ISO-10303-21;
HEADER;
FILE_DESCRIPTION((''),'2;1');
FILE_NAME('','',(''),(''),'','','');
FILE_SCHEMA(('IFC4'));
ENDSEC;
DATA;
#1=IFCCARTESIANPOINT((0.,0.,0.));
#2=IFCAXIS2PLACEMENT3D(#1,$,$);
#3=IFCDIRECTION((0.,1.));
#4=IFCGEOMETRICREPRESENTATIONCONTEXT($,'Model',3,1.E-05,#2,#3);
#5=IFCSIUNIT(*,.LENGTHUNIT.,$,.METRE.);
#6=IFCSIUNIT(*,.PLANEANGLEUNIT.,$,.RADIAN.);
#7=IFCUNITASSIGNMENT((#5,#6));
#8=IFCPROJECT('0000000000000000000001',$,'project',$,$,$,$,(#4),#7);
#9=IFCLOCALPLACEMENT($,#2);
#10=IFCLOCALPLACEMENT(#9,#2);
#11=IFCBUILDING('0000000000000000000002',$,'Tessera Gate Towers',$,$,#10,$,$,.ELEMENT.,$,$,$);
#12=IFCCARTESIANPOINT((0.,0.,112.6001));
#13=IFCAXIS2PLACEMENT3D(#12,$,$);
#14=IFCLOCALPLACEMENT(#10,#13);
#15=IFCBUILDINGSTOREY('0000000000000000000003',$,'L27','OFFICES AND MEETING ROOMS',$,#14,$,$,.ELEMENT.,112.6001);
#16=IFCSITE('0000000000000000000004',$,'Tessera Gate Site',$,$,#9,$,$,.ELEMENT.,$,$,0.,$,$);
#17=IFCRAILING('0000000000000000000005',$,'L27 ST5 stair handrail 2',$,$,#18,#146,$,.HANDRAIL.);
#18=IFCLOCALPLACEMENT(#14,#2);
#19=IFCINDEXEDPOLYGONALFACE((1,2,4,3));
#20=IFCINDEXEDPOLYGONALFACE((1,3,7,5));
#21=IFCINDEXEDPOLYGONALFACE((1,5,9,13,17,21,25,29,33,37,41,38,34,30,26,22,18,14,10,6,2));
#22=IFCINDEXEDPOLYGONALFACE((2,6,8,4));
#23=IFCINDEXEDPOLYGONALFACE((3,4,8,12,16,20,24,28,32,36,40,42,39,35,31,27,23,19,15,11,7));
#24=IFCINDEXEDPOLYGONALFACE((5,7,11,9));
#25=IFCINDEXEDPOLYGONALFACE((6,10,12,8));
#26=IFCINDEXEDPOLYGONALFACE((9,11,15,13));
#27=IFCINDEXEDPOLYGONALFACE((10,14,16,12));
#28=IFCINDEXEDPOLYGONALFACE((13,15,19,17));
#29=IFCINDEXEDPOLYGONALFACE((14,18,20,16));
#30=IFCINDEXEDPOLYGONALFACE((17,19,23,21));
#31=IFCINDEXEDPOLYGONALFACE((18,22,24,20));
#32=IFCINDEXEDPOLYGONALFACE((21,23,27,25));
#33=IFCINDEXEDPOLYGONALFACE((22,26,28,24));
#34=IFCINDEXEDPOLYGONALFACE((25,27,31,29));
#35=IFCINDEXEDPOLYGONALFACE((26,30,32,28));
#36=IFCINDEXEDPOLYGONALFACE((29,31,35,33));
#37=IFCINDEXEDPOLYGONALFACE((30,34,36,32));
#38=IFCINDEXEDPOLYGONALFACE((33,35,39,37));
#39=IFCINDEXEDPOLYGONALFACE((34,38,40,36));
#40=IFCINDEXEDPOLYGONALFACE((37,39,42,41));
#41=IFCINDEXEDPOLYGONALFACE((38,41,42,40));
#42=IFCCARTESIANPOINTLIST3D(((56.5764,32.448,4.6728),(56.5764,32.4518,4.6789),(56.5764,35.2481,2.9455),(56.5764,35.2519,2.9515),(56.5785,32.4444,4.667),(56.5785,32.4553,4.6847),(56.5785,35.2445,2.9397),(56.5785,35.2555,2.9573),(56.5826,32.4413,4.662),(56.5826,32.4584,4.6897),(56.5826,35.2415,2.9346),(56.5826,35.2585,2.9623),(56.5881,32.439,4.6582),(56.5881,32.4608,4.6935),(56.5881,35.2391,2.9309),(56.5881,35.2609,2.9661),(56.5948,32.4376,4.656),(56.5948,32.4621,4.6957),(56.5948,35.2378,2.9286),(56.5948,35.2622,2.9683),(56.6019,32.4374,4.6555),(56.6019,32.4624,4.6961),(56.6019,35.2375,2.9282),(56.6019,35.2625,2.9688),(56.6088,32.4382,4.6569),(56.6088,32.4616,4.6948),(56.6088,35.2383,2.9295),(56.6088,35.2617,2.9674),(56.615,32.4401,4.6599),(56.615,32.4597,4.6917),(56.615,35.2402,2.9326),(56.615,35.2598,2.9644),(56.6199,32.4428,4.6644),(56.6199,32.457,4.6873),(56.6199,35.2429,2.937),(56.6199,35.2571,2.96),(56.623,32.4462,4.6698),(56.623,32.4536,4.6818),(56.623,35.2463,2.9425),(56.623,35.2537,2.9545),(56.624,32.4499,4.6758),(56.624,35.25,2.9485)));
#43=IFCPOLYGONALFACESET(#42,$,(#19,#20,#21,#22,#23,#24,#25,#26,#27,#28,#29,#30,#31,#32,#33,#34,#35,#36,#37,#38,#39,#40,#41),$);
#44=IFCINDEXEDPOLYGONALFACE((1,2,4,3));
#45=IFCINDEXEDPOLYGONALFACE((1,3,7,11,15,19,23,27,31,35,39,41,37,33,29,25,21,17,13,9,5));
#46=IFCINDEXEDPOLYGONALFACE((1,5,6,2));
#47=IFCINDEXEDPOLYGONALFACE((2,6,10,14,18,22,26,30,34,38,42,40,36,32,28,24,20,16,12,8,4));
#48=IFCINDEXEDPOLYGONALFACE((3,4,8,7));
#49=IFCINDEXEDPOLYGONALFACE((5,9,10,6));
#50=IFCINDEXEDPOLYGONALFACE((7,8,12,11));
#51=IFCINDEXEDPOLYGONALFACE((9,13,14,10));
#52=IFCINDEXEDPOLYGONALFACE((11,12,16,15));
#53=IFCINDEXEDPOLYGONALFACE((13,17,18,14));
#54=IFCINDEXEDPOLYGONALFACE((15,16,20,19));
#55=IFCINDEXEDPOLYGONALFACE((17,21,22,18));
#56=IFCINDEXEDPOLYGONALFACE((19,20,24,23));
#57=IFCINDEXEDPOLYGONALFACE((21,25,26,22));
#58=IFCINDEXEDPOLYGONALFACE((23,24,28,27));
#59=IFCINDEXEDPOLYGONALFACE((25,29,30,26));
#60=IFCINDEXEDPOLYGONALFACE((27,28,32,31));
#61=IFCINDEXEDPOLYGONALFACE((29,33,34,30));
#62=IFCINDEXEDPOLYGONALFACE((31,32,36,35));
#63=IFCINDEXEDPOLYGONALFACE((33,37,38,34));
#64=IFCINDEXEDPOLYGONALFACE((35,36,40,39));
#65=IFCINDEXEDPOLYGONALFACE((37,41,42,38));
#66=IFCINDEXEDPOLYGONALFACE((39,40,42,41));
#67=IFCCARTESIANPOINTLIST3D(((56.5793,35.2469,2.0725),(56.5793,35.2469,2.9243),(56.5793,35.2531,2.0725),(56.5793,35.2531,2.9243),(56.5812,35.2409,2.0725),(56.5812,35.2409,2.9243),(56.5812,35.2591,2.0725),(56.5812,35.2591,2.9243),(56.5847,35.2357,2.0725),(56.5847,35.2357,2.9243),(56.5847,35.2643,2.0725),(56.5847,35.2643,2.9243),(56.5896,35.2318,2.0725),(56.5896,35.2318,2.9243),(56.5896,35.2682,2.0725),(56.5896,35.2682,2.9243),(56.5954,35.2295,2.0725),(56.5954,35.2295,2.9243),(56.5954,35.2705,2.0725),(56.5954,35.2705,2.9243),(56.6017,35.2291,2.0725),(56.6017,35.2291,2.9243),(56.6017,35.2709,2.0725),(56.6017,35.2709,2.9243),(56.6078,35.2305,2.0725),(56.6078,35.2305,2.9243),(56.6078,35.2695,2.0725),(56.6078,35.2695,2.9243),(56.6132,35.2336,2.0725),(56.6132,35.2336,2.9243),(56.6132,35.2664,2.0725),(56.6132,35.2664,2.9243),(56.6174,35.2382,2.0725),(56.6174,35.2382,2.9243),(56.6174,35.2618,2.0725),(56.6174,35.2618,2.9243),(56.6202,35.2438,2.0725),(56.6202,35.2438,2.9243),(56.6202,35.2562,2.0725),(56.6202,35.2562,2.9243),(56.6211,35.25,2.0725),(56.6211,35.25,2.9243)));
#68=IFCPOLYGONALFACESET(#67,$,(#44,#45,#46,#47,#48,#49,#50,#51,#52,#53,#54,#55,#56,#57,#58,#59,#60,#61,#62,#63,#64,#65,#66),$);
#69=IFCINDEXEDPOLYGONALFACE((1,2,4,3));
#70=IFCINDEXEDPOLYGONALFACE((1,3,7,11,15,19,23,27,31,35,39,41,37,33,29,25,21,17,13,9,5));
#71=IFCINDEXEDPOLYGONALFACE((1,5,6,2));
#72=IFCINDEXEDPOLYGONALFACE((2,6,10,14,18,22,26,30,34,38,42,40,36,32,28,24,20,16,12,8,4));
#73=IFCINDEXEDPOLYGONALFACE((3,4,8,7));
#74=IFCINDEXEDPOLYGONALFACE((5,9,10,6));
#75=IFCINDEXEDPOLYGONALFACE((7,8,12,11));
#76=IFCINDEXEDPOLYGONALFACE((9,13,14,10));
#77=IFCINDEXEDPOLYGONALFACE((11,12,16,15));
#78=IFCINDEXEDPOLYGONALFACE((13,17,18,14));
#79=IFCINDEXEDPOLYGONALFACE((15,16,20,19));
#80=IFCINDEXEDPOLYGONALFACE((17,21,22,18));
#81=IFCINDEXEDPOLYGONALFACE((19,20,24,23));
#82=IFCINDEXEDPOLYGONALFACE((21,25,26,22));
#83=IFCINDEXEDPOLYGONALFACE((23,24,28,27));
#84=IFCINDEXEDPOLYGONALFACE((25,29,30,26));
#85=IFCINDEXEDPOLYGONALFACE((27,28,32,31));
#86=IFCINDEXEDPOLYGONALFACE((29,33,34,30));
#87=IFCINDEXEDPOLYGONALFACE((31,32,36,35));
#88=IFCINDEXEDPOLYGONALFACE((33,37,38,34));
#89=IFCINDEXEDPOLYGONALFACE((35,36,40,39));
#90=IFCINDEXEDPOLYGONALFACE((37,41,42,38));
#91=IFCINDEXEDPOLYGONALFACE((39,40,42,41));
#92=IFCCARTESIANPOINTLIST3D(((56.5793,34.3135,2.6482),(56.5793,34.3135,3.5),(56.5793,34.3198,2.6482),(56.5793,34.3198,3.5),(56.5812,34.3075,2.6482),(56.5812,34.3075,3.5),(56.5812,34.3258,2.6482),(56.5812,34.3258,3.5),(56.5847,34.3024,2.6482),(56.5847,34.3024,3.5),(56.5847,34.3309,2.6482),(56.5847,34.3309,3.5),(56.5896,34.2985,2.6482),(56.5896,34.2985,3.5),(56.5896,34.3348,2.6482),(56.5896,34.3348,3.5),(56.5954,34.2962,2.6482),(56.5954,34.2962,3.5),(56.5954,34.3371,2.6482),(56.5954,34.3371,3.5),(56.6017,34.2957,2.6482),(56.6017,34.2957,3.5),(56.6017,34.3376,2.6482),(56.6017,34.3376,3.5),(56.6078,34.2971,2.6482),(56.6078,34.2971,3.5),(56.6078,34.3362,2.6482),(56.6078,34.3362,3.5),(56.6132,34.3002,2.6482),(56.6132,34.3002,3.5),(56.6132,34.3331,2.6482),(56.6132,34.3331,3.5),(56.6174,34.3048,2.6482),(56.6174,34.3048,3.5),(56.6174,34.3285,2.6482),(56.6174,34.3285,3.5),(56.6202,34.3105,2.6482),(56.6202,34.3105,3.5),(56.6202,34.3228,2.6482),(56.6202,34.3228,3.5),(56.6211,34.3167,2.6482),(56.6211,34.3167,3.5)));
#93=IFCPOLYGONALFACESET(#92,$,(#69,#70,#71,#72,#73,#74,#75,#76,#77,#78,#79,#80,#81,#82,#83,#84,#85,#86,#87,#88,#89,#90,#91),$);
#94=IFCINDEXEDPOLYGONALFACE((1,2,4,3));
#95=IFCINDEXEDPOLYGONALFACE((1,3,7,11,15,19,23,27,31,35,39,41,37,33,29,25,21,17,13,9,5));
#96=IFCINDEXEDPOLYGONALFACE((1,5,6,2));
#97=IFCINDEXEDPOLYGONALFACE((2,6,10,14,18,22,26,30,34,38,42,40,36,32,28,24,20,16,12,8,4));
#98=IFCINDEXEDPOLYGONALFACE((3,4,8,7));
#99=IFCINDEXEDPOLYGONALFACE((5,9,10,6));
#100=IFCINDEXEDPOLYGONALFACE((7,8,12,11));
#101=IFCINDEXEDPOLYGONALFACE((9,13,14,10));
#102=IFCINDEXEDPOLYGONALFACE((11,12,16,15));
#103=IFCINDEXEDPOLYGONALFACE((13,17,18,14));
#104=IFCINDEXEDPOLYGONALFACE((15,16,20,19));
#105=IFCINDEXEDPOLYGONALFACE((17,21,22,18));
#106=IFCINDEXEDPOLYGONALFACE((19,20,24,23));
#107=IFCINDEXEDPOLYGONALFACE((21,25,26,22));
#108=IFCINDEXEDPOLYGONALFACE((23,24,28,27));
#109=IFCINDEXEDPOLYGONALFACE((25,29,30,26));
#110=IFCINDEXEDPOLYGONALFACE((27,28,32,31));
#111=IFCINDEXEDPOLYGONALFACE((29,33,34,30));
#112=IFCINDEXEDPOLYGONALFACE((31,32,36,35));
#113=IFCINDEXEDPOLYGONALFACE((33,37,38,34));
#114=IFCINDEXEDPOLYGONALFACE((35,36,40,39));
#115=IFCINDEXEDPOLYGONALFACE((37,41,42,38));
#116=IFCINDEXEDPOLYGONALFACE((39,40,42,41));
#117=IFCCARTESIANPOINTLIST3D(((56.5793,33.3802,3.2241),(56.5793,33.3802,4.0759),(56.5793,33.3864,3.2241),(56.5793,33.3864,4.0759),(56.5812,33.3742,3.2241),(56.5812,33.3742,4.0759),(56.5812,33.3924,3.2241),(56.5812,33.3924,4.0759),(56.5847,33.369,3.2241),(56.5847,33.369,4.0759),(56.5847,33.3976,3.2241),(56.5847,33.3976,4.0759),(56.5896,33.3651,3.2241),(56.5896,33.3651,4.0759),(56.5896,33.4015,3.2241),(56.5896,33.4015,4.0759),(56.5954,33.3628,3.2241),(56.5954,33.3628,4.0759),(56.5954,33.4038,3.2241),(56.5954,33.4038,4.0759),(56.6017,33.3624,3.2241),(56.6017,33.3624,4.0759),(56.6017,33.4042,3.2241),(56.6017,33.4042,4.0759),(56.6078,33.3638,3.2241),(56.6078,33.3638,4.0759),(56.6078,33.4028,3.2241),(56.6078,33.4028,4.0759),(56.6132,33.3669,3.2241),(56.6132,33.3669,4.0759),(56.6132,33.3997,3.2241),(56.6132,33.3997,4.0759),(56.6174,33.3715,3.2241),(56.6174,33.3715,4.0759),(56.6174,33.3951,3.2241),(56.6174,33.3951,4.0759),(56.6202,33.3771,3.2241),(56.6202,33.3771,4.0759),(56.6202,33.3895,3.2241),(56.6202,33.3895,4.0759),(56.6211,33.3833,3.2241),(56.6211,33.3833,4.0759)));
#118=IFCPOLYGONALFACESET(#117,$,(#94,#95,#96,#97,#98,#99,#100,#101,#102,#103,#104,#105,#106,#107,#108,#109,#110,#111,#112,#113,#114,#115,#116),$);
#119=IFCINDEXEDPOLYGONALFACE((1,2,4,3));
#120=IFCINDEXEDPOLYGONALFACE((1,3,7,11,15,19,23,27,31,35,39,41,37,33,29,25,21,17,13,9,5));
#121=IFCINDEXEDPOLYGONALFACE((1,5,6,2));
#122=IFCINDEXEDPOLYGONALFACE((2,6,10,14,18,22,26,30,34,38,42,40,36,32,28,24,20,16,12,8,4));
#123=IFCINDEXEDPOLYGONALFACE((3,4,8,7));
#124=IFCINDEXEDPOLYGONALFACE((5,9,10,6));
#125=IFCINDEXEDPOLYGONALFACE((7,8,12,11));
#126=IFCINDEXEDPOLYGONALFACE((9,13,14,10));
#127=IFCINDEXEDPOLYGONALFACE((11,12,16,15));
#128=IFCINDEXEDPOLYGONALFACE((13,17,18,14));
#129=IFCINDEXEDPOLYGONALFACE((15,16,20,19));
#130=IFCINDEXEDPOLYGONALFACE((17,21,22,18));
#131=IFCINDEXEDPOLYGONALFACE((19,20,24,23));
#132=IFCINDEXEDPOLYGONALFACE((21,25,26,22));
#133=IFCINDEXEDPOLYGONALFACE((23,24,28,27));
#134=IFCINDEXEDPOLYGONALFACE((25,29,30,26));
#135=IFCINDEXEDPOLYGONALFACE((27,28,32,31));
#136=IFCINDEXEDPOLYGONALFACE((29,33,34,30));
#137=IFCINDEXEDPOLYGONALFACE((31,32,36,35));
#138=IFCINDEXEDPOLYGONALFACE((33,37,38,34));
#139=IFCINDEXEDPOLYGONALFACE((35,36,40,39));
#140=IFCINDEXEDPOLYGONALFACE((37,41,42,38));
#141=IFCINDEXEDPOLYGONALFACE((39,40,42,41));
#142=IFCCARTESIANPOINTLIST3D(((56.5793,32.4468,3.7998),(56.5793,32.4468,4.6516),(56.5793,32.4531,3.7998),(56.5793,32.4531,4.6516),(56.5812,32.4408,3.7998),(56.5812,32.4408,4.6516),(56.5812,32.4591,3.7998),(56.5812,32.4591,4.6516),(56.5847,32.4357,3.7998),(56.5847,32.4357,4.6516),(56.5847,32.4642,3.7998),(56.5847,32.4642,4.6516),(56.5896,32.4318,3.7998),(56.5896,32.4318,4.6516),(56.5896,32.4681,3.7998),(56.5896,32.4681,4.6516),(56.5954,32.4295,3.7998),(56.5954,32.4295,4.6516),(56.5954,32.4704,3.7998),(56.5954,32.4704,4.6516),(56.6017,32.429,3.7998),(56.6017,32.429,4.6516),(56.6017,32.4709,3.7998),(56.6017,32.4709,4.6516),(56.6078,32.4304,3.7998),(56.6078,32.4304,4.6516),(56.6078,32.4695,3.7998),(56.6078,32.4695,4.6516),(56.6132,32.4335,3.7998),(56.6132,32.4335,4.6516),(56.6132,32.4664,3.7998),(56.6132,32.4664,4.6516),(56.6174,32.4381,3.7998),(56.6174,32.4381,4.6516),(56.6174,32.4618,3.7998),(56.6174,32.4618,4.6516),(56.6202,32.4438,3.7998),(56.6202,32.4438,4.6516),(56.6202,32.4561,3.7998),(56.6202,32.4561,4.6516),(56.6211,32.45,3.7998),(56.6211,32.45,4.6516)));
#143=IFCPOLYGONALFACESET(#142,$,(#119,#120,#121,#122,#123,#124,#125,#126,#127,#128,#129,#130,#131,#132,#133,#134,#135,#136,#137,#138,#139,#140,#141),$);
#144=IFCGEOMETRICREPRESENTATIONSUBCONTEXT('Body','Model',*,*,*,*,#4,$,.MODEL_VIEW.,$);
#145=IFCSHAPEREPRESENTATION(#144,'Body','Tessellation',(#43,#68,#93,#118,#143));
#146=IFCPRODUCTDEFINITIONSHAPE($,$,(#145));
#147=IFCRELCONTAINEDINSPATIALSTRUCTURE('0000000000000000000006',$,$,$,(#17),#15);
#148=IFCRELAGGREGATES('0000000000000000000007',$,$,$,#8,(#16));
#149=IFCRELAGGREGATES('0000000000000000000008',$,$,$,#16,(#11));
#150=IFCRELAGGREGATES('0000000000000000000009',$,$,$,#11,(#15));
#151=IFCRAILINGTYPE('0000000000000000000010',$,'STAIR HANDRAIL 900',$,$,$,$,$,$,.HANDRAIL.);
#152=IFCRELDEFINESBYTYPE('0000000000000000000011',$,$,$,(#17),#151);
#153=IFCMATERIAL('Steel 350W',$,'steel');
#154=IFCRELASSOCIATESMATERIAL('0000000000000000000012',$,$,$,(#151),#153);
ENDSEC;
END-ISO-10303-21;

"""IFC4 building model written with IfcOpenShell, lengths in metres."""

from ifc_helpers import new_model, si_unit, direction, frame, origin, origin_2d, place, context, subcontext, project, spatial, circle, extrude, material, type_object, element, save


model = new_model("IFC4")

# Units and contexts
model_context = context("Model", 3, precision=1e-05, world=origin(), true_north=direction((0.0, 1.0)))
body_context = subcontext(model_context, "Body", "Model", "MODEL_VIEW")
ifc_project = project(units=[si_unit("LENGTHUNIT", "METRE"), si_unit("PLANEANGLEUNIT", "RADIAN")], contexts=[model_context])

# Site, building, storey
site_placement = place(None, origin())
site = spatial("IfcSite", under=ifc_project, at=site_placement, Name="Tessera Gate Site", CompositionType="ELEMENT", RefElevation=0.0)
building_placement = place(site_placement, origin())
building = spatial("IfcBuilding", under=site, at=building_placement, Name="Tessera Gate Towers", CompositionType="ELEMENT")
storey_placement = place(building_placement, frame((0.0, 0.0, 112.6001)))
storey = spatial("IfcBuildingStorey", under=building, at=storey_placement, Name="L27", Description="OFFICES AND MEETING ROOMS", CompositionType="ELEMENT", Elevation=112.6001)

# Railing
ifc_material_1 = material(Name="Steel 350W", Category="steel")
railing_type_1 = type_object("IfcRailingType", Name="STAIR HANDRAIL 900", PredefinedType="HANDRAIL", material=ifc_material_1)
railing_1_placement = place(storey_placement, frame((56.6001, 35.25, 2.0725)))
element("IfcRailing", 1, at=railing_1_placement, inside=storey, type_object=railing_type_1, Name="L27 ST5 stair handrail 2", PredefinedType="HANDRAIL", context=body_context, shape_type="SweptSolid", body=[
    extrude(circle(Radius=0.0239, at=origin_2d()), frame((0.0, 0.0, 0.876), z_axis=(0.0, -0.85109, 0.52502), x_axis=(1.0, 0.0, 0.0)), (0.0, 0.0, 1.0), 3.29),
    extrude(circle(Radius=0.021, at=origin_2d()), origin(), (0.0, 0.0, 1.0), 0.8518),
    extrude(circle(Radius=0.021, at=origin_2d()), frame((0.0, -0.9333, 0.5757)), (0.0, 0.0, 1.0), 0.8518),
    extrude(circle(Radius=0.021, at=origin_2d()), frame((0.0, -1.8667, 1.1516)), (0.0, 0.0, 1.0), 0.8518),
    extrude(circle(Radius=0.021, at=origin_2d()), frame((0.0, -2.8, 1.7273)), (0.0, 0.0, 1.0), 0.8518),
])

save(model, "model.ifc")
